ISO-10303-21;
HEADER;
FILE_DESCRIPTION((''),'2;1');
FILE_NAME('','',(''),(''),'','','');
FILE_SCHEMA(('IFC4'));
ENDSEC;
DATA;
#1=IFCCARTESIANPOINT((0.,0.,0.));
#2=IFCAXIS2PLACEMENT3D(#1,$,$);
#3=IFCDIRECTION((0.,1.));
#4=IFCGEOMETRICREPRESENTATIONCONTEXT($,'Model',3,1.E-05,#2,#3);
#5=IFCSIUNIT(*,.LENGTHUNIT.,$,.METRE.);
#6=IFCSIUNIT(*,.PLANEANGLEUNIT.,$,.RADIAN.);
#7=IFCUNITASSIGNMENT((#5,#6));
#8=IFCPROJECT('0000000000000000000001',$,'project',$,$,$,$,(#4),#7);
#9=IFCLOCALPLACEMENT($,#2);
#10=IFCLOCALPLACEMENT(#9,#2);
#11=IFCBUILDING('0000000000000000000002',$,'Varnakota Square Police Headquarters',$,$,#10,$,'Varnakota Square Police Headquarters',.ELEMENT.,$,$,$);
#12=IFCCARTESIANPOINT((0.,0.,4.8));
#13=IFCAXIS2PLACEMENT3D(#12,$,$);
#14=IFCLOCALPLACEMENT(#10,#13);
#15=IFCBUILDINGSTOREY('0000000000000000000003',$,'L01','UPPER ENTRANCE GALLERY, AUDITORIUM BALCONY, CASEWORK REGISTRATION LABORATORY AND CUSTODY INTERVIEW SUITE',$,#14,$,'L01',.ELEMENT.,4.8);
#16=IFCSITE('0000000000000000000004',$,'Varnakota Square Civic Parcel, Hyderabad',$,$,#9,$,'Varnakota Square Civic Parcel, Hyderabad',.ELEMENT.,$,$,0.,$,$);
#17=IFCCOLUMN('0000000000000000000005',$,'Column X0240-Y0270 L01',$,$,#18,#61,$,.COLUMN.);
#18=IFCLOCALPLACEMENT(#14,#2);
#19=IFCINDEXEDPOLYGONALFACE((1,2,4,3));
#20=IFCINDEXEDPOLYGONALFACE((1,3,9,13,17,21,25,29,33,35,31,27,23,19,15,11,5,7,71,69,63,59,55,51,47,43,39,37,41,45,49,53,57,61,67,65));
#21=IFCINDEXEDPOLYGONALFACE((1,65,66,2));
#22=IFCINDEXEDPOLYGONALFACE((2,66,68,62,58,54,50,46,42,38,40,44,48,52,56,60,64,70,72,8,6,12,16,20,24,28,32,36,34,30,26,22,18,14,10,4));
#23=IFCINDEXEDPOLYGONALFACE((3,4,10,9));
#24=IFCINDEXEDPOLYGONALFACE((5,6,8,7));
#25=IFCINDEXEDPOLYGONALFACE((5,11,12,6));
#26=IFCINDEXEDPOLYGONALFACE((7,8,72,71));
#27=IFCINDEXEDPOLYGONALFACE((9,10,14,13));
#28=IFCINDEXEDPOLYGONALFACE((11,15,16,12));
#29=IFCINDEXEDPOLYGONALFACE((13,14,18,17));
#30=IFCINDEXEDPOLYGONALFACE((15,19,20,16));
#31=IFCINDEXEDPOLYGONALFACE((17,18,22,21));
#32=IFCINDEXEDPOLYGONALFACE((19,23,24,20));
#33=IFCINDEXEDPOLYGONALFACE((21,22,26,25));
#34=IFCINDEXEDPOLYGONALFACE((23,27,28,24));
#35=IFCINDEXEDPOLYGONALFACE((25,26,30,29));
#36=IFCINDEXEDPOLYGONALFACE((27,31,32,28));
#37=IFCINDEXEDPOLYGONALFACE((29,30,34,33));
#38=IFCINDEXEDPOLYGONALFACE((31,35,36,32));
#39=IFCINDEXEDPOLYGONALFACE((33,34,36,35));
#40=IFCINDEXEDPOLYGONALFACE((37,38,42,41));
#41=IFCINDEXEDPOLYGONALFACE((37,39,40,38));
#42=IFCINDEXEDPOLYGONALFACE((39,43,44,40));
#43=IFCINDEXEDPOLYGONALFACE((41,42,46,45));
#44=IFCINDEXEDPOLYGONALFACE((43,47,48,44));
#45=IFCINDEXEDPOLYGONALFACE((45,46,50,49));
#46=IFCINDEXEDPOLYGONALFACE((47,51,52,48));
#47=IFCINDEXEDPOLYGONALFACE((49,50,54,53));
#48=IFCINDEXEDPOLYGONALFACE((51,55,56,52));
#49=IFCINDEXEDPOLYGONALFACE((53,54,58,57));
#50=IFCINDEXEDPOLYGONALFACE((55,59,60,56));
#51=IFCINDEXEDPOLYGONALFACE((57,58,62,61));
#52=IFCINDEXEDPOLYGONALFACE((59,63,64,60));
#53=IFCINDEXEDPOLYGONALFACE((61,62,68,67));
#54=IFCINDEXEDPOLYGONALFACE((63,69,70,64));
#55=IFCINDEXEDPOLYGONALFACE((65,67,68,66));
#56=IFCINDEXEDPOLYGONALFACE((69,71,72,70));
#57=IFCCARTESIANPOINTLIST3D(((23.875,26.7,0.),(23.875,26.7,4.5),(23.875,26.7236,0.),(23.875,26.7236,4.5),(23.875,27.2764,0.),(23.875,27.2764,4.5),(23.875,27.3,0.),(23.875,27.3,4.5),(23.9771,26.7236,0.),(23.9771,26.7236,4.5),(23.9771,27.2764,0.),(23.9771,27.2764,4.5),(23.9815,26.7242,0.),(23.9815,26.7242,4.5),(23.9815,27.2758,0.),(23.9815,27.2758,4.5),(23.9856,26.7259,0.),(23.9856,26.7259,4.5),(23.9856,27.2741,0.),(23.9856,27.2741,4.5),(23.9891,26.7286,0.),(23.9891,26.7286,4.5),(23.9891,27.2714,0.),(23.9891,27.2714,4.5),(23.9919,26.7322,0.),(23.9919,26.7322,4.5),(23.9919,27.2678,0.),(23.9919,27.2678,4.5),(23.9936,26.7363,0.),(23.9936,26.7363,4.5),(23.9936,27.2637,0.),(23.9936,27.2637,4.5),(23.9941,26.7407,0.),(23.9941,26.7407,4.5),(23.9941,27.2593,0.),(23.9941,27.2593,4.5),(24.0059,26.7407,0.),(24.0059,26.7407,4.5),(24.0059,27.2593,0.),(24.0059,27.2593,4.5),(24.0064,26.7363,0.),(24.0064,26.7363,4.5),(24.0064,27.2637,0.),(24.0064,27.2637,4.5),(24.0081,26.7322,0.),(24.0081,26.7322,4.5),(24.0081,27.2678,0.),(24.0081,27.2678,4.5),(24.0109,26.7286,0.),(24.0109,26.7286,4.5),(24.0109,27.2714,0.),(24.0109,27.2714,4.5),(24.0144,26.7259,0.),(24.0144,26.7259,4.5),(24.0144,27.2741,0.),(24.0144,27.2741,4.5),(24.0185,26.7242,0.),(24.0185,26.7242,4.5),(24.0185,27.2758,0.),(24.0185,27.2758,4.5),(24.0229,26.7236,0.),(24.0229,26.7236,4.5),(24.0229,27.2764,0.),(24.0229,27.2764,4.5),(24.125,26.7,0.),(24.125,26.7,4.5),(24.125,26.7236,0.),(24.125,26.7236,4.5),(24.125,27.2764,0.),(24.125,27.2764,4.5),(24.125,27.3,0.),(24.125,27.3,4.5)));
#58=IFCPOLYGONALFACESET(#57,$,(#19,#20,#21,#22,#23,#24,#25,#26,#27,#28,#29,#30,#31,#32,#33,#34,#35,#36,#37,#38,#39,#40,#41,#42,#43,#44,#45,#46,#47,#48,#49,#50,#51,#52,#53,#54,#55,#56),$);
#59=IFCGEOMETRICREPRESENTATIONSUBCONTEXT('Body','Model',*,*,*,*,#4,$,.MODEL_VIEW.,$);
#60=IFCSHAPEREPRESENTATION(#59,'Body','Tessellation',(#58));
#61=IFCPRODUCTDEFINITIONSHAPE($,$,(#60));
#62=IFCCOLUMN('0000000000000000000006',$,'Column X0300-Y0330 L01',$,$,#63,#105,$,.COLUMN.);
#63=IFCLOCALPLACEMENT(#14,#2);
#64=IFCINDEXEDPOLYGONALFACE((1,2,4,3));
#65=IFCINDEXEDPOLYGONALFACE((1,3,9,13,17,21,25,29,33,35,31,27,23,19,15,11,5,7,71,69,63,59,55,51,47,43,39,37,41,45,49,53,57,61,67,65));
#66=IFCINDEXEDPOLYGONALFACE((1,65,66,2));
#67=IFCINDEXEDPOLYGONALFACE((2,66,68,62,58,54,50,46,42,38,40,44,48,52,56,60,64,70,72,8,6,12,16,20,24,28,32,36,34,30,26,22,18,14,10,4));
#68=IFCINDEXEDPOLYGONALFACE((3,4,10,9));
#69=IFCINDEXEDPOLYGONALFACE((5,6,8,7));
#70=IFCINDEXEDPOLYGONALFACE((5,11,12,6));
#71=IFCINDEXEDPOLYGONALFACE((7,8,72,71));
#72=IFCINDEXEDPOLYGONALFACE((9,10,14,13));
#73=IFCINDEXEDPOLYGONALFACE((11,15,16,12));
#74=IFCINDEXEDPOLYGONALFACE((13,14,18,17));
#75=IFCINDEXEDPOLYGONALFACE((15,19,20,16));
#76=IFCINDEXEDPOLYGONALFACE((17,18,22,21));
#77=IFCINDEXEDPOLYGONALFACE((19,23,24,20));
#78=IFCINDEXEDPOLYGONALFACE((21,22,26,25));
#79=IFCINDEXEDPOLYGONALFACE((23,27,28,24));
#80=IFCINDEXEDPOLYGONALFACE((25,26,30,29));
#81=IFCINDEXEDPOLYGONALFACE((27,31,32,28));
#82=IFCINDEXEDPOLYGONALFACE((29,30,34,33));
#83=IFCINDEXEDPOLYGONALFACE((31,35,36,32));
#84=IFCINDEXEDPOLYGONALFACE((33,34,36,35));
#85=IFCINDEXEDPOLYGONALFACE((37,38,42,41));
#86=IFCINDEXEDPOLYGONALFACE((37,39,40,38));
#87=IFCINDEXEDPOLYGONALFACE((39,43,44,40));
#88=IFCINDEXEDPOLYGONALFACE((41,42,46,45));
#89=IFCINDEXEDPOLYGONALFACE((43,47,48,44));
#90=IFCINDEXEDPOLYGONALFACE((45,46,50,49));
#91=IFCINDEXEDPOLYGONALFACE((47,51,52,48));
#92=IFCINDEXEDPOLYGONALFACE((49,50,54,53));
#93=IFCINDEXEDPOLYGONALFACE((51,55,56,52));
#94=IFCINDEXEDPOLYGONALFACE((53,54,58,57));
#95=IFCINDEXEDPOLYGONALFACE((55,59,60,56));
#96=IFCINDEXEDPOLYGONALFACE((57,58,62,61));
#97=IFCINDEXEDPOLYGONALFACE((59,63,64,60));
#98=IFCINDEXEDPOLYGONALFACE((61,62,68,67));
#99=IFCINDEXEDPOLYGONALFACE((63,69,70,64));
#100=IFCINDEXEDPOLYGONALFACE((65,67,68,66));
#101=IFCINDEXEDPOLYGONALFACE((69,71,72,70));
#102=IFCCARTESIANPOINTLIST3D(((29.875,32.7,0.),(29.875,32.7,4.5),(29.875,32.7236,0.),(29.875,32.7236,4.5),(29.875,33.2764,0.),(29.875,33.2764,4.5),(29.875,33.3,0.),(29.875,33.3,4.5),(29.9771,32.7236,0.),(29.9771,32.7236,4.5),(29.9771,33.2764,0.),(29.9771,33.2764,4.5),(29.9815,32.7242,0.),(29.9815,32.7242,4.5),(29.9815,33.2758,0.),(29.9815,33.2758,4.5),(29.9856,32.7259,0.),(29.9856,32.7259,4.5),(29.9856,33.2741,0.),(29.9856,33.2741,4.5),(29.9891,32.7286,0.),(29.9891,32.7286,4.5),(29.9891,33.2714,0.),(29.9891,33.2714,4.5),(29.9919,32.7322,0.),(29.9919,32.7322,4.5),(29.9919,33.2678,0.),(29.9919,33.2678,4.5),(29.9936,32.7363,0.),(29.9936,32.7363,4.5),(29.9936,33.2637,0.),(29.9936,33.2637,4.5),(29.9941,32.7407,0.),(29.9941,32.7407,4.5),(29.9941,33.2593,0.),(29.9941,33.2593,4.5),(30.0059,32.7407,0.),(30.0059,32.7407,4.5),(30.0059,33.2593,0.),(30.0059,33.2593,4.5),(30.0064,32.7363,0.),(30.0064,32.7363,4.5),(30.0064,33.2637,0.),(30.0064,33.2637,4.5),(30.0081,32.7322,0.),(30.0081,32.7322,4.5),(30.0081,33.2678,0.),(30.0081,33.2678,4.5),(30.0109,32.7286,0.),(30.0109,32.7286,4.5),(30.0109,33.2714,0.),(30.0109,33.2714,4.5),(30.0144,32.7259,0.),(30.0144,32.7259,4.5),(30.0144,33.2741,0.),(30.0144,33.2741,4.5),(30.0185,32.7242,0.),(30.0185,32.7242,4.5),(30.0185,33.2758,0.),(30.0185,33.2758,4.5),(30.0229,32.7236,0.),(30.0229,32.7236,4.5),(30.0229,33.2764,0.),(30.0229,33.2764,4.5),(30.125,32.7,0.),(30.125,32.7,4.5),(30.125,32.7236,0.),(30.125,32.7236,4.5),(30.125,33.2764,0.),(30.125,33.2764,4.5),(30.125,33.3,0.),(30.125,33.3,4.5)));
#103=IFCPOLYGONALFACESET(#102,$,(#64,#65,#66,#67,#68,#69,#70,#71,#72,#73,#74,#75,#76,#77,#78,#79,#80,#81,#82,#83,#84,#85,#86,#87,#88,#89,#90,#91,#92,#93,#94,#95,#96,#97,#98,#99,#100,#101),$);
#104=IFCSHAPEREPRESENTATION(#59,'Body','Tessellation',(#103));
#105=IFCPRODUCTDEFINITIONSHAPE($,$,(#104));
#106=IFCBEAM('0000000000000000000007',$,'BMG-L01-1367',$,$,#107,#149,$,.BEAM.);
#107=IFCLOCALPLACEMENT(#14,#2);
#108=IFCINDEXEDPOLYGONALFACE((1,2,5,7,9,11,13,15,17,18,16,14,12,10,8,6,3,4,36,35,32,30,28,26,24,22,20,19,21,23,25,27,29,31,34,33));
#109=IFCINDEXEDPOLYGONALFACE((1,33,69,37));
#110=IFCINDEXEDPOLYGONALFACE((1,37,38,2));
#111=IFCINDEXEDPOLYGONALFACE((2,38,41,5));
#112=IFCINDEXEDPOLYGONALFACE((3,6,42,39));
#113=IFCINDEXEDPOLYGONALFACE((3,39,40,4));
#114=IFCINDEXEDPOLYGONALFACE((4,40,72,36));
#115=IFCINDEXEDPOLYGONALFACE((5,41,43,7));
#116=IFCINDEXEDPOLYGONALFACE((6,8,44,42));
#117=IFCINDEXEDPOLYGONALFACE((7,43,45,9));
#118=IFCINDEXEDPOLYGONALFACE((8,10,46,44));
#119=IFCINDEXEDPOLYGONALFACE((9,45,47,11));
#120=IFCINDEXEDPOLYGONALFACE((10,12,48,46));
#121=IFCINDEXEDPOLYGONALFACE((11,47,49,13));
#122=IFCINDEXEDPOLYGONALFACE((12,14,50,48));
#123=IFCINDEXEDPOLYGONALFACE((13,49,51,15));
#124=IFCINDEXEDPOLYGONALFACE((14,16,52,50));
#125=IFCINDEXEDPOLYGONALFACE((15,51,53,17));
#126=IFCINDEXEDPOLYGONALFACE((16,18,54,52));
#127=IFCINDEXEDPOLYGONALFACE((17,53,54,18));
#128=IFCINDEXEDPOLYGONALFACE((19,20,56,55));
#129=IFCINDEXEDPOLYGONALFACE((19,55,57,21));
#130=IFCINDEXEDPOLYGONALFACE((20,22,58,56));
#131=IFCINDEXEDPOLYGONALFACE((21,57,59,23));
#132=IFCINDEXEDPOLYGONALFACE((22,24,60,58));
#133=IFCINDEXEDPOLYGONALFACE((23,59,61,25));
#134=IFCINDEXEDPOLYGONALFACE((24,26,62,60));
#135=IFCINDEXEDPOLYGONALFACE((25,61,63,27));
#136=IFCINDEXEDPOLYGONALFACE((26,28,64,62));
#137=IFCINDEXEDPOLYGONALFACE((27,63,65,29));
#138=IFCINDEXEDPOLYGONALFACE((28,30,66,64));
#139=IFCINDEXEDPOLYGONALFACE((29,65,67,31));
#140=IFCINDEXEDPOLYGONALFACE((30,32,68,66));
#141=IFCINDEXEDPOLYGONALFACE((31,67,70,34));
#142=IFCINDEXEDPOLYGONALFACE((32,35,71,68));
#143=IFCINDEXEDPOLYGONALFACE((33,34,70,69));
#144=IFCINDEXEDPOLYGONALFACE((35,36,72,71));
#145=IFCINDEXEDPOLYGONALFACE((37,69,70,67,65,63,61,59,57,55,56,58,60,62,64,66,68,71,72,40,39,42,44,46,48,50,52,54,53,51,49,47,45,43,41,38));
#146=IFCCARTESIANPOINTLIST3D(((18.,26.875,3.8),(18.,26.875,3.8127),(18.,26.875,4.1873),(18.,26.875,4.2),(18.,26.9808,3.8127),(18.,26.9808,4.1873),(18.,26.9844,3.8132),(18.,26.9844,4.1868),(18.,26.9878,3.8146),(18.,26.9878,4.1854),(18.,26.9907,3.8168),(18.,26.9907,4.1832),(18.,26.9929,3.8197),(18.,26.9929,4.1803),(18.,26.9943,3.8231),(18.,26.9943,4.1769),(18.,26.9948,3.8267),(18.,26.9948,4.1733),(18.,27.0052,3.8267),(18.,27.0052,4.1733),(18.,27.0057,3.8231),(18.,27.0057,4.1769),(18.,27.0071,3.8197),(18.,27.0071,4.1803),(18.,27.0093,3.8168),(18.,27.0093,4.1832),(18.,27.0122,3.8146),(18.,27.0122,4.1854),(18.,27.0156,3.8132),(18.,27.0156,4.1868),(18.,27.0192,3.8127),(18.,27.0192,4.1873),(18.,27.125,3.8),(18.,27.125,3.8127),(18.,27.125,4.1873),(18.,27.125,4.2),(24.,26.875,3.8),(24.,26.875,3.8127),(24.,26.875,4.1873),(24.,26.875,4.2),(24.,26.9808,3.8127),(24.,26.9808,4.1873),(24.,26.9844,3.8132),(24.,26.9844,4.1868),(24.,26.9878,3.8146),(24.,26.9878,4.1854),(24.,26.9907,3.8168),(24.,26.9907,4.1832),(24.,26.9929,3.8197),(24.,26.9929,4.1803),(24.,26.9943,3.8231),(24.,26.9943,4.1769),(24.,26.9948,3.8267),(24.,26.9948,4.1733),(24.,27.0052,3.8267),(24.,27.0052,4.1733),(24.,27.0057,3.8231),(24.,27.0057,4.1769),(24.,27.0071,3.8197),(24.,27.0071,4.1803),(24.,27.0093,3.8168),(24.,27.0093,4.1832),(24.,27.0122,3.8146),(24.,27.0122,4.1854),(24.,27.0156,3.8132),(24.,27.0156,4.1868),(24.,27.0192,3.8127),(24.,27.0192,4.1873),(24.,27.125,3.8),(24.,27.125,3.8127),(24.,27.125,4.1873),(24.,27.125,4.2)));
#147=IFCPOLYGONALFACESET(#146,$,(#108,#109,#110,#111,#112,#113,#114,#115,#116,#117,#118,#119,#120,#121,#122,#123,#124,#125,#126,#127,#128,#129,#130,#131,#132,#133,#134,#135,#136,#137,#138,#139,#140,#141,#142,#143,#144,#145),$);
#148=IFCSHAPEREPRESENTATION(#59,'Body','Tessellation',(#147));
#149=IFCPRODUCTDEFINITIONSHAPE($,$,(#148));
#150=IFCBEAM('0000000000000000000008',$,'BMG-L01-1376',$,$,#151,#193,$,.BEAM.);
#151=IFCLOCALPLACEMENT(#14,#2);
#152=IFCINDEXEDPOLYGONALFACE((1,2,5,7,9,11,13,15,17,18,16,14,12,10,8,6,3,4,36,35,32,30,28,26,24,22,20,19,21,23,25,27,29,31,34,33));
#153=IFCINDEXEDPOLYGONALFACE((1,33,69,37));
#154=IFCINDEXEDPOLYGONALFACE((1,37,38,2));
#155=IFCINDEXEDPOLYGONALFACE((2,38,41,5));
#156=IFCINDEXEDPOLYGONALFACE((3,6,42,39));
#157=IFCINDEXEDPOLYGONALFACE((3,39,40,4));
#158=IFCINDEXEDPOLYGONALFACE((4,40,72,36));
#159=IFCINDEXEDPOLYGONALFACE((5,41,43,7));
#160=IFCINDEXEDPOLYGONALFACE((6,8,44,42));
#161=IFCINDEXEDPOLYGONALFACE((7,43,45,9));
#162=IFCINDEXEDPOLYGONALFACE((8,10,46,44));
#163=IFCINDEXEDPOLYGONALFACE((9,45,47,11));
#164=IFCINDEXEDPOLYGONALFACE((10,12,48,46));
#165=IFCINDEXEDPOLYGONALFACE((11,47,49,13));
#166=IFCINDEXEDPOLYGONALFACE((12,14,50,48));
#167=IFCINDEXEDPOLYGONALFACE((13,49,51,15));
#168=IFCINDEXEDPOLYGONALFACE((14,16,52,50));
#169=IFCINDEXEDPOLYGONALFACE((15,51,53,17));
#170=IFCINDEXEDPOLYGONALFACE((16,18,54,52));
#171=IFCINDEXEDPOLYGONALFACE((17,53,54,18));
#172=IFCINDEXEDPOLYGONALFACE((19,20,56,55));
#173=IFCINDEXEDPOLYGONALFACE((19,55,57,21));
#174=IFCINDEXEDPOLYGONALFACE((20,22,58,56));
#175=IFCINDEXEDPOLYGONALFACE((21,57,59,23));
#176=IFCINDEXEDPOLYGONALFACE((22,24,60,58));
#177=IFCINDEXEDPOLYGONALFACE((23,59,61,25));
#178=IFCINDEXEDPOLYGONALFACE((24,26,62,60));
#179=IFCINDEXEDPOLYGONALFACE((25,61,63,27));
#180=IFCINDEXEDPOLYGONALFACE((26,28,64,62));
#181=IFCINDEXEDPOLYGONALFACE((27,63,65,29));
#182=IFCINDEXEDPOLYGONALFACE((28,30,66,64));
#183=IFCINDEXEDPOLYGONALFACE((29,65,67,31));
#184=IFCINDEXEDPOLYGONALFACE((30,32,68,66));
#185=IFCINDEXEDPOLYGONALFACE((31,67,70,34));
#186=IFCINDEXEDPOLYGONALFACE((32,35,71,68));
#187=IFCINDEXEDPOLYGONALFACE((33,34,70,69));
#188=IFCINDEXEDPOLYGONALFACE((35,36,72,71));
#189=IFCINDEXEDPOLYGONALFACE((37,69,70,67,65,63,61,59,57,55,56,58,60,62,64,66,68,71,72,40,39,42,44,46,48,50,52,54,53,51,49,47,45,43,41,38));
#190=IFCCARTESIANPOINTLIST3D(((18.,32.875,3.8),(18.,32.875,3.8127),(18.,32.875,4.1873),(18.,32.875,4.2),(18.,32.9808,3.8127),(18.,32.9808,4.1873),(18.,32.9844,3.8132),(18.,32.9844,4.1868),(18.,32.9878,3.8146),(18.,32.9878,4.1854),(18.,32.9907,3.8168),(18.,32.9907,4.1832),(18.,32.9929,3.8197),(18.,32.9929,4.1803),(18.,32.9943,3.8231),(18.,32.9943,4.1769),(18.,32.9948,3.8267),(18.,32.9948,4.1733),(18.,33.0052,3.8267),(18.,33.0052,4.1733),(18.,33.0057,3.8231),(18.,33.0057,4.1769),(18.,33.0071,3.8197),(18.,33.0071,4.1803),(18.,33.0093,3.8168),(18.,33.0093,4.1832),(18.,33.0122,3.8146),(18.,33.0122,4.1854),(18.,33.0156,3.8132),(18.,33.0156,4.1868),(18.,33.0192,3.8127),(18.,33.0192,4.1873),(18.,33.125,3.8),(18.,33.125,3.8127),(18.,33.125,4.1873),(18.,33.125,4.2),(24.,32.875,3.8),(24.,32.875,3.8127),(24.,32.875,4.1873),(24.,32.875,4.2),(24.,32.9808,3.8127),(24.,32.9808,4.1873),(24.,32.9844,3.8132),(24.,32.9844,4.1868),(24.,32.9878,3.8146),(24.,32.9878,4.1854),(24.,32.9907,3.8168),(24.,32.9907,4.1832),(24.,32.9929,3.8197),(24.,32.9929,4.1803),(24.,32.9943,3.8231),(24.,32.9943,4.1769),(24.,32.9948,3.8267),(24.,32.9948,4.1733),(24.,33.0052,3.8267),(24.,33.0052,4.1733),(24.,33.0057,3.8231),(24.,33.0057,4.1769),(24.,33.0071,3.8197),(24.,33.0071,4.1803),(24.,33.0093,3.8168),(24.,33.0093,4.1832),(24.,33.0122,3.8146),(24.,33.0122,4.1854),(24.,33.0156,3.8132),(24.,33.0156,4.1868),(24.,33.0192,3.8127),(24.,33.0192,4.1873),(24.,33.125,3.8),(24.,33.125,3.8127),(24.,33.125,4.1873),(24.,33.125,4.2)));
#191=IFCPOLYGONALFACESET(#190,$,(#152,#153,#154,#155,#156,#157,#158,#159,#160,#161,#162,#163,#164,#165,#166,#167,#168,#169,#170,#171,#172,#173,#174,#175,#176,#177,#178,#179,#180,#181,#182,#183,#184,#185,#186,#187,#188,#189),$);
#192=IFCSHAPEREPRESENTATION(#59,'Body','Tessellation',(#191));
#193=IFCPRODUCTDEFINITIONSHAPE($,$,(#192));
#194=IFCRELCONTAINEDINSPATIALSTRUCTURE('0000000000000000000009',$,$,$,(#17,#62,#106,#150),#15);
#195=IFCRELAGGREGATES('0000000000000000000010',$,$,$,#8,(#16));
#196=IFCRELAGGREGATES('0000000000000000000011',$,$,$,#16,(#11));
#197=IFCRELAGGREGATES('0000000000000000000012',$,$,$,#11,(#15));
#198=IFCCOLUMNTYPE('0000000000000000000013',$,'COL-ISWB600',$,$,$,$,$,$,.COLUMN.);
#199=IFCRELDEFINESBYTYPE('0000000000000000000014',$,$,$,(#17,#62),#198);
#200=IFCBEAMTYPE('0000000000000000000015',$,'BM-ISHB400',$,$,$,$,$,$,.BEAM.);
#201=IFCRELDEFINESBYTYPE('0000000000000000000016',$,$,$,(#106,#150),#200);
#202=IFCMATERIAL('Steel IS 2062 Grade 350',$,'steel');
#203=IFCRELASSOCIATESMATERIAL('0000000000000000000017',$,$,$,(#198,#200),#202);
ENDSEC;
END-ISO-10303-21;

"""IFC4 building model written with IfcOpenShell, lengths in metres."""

from ifc_helpers import new_model, si_unit, direction, frame, origin, origin_2d, place, context, subcontext, project, spatial, i_section, extrude, material, material_profile, profile_set, type_object, element, save


model = new_model("IFC4")

# Units and contexts
model_context = context("Model", 3, precision=1e-05, world=origin(), true_north=direction((0.0, 1.0)))
body_context = subcontext(model_context, "Body", "Model", "MODEL_VIEW")
ifc_project = project(units=[si_unit("LENGTHUNIT", "METRE"), si_unit("PLANEANGLEUNIT", "RADIAN")], contexts=[model_context])

# Site, building, storey
site_placement = place(None, origin())
site = spatial("IfcSite", under=ifc_project, at=site_placement, Name="Varnakota Square Civic Parcel, Hyderabad", LongName="Varnakota Square Civic Parcel, Hyderabad", CompositionType="ELEMENT", RefElevation=0.0)
building_placement = place(site_placement, origin())
building = spatial("IfcBuilding", under=site, at=building_placement, Name="Varnakota Square Police Headquarters", LongName="Varnakota Square Police Headquarters", CompositionType="ELEMENT")
storey_placement = place(building_placement, frame((0.0, 0.0, 4.8)))
storey = spatial("IfcBuildingStorey", under=building, at=storey_placement, Name="L01", Description="UPPER ENTRANCE GALLERY, AUDITORIUM BALCONY, CASEWORK REGISTRATION LABORATORY AND CUSTODY INTERVIEW SUITE", LongName="L01", CompositionType="ELEMENT", Elevation=4.8)

# Columns
ifc_material_1 = material(Name="Steel IS 2062 Grade 350", Category="steel")
ifc_material_profile_1 = material_profile(ifc_material_1, i_section(OverallWidth=0.25, OverallDepth=0.6001, WebThickness=0.0117, FlangeThickness=0.0237, FilletRadius=0.0171, at=origin_2d()), Name="ISWB 600")
ifc_profile_set_1 = profile_set([ifc_material_profile_1], Name="Steel IS 2062 Grade 350")
column_type_1 = type_object("IfcColumnType", Name="COL-ISWB600", PredefinedType="COLUMN", material=ifc_profile_set_1)
for number, where, z_axis, x_axis, name in (
    (1, (24.0, 27.0, 0.0), (0.0, 0.0, 1.0), (1.0, 0.0, 0.0), "Column X0240-Y0270 L01"),
    (2, (30.0, 33.0, 0.0), (0.0, 0.0, 1.0), (1.0, 0.0, 0.0), "Column X0300-Y0330 L01"),
):
    element("IfcColumn", number, at=place(storey_placement, frame(where, z_axis=z_axis, x_axis=x_axis)), inside=storey, type_object=column_type_1, Name=name, PredefinedType="COLUMN", context=body_context, shape_type="SweptSolid", body=[
        extrude(i_section(OverallWidth=0.25, OverallDepth=0.6001, WebThickness=0.0117, FlangeThickness=0.0237, FilletRadius=0.0171, at=origin_2d()), origin(), (0.0, 0.0, 1.0), 4.5),
    ])

# Beams
ifc_material_profile_2 = material_profile(ifc_material_1, i_section(OverallWidth=0.25, OverallDepth=0.3999, WebThickness=0.0105, FlangeThickness=0.0127, FilletRadius=0.0139, at=origin_2d()), Name="ISHB 400")
ifc_profile_set_2 = profile_set([ifc_material_profile_2], Name="Steel IS 2062 Grade 350")
beam_type_1 = type_object("IfcBeamType", Name="BM-ISHB400", PredefinedType="BEAM", material=ifc_profile_set_2)
for number, where, z_axis, x_axis, name in (
    (3, (18.0, 27.0, 4.0), (1.0, 0.0, 0.0), (0.0, 1.0, 0.0), "BMG-L01-1367"),
    (4, (18.0, 33.0, 4.0), (1.0, 0.0, 0.0), (0.0, 1.0, 0.0), "BMG-L01-1376"),
):
    element("IfcBeam", number, at=place(storey_placement, frame(where, z_axis=z_axis, x_axis=x_axis)), inside=storey, type_object=beam_type_1, Name=name, PredefinedType="BEAM", context=body_context, shape_type="SweptSolid", body=[
        extrude(i_section(OverallWidth=0.25, OverallDepth=0.3999, WebThickness=0.0105, FlangeThickness=0.0127, FilletRadius=0.0139, at=origin_2d()), origin(), (0.0, 0.0, 1.0), 6.0),
    ])

save(model, "model.ifc")
